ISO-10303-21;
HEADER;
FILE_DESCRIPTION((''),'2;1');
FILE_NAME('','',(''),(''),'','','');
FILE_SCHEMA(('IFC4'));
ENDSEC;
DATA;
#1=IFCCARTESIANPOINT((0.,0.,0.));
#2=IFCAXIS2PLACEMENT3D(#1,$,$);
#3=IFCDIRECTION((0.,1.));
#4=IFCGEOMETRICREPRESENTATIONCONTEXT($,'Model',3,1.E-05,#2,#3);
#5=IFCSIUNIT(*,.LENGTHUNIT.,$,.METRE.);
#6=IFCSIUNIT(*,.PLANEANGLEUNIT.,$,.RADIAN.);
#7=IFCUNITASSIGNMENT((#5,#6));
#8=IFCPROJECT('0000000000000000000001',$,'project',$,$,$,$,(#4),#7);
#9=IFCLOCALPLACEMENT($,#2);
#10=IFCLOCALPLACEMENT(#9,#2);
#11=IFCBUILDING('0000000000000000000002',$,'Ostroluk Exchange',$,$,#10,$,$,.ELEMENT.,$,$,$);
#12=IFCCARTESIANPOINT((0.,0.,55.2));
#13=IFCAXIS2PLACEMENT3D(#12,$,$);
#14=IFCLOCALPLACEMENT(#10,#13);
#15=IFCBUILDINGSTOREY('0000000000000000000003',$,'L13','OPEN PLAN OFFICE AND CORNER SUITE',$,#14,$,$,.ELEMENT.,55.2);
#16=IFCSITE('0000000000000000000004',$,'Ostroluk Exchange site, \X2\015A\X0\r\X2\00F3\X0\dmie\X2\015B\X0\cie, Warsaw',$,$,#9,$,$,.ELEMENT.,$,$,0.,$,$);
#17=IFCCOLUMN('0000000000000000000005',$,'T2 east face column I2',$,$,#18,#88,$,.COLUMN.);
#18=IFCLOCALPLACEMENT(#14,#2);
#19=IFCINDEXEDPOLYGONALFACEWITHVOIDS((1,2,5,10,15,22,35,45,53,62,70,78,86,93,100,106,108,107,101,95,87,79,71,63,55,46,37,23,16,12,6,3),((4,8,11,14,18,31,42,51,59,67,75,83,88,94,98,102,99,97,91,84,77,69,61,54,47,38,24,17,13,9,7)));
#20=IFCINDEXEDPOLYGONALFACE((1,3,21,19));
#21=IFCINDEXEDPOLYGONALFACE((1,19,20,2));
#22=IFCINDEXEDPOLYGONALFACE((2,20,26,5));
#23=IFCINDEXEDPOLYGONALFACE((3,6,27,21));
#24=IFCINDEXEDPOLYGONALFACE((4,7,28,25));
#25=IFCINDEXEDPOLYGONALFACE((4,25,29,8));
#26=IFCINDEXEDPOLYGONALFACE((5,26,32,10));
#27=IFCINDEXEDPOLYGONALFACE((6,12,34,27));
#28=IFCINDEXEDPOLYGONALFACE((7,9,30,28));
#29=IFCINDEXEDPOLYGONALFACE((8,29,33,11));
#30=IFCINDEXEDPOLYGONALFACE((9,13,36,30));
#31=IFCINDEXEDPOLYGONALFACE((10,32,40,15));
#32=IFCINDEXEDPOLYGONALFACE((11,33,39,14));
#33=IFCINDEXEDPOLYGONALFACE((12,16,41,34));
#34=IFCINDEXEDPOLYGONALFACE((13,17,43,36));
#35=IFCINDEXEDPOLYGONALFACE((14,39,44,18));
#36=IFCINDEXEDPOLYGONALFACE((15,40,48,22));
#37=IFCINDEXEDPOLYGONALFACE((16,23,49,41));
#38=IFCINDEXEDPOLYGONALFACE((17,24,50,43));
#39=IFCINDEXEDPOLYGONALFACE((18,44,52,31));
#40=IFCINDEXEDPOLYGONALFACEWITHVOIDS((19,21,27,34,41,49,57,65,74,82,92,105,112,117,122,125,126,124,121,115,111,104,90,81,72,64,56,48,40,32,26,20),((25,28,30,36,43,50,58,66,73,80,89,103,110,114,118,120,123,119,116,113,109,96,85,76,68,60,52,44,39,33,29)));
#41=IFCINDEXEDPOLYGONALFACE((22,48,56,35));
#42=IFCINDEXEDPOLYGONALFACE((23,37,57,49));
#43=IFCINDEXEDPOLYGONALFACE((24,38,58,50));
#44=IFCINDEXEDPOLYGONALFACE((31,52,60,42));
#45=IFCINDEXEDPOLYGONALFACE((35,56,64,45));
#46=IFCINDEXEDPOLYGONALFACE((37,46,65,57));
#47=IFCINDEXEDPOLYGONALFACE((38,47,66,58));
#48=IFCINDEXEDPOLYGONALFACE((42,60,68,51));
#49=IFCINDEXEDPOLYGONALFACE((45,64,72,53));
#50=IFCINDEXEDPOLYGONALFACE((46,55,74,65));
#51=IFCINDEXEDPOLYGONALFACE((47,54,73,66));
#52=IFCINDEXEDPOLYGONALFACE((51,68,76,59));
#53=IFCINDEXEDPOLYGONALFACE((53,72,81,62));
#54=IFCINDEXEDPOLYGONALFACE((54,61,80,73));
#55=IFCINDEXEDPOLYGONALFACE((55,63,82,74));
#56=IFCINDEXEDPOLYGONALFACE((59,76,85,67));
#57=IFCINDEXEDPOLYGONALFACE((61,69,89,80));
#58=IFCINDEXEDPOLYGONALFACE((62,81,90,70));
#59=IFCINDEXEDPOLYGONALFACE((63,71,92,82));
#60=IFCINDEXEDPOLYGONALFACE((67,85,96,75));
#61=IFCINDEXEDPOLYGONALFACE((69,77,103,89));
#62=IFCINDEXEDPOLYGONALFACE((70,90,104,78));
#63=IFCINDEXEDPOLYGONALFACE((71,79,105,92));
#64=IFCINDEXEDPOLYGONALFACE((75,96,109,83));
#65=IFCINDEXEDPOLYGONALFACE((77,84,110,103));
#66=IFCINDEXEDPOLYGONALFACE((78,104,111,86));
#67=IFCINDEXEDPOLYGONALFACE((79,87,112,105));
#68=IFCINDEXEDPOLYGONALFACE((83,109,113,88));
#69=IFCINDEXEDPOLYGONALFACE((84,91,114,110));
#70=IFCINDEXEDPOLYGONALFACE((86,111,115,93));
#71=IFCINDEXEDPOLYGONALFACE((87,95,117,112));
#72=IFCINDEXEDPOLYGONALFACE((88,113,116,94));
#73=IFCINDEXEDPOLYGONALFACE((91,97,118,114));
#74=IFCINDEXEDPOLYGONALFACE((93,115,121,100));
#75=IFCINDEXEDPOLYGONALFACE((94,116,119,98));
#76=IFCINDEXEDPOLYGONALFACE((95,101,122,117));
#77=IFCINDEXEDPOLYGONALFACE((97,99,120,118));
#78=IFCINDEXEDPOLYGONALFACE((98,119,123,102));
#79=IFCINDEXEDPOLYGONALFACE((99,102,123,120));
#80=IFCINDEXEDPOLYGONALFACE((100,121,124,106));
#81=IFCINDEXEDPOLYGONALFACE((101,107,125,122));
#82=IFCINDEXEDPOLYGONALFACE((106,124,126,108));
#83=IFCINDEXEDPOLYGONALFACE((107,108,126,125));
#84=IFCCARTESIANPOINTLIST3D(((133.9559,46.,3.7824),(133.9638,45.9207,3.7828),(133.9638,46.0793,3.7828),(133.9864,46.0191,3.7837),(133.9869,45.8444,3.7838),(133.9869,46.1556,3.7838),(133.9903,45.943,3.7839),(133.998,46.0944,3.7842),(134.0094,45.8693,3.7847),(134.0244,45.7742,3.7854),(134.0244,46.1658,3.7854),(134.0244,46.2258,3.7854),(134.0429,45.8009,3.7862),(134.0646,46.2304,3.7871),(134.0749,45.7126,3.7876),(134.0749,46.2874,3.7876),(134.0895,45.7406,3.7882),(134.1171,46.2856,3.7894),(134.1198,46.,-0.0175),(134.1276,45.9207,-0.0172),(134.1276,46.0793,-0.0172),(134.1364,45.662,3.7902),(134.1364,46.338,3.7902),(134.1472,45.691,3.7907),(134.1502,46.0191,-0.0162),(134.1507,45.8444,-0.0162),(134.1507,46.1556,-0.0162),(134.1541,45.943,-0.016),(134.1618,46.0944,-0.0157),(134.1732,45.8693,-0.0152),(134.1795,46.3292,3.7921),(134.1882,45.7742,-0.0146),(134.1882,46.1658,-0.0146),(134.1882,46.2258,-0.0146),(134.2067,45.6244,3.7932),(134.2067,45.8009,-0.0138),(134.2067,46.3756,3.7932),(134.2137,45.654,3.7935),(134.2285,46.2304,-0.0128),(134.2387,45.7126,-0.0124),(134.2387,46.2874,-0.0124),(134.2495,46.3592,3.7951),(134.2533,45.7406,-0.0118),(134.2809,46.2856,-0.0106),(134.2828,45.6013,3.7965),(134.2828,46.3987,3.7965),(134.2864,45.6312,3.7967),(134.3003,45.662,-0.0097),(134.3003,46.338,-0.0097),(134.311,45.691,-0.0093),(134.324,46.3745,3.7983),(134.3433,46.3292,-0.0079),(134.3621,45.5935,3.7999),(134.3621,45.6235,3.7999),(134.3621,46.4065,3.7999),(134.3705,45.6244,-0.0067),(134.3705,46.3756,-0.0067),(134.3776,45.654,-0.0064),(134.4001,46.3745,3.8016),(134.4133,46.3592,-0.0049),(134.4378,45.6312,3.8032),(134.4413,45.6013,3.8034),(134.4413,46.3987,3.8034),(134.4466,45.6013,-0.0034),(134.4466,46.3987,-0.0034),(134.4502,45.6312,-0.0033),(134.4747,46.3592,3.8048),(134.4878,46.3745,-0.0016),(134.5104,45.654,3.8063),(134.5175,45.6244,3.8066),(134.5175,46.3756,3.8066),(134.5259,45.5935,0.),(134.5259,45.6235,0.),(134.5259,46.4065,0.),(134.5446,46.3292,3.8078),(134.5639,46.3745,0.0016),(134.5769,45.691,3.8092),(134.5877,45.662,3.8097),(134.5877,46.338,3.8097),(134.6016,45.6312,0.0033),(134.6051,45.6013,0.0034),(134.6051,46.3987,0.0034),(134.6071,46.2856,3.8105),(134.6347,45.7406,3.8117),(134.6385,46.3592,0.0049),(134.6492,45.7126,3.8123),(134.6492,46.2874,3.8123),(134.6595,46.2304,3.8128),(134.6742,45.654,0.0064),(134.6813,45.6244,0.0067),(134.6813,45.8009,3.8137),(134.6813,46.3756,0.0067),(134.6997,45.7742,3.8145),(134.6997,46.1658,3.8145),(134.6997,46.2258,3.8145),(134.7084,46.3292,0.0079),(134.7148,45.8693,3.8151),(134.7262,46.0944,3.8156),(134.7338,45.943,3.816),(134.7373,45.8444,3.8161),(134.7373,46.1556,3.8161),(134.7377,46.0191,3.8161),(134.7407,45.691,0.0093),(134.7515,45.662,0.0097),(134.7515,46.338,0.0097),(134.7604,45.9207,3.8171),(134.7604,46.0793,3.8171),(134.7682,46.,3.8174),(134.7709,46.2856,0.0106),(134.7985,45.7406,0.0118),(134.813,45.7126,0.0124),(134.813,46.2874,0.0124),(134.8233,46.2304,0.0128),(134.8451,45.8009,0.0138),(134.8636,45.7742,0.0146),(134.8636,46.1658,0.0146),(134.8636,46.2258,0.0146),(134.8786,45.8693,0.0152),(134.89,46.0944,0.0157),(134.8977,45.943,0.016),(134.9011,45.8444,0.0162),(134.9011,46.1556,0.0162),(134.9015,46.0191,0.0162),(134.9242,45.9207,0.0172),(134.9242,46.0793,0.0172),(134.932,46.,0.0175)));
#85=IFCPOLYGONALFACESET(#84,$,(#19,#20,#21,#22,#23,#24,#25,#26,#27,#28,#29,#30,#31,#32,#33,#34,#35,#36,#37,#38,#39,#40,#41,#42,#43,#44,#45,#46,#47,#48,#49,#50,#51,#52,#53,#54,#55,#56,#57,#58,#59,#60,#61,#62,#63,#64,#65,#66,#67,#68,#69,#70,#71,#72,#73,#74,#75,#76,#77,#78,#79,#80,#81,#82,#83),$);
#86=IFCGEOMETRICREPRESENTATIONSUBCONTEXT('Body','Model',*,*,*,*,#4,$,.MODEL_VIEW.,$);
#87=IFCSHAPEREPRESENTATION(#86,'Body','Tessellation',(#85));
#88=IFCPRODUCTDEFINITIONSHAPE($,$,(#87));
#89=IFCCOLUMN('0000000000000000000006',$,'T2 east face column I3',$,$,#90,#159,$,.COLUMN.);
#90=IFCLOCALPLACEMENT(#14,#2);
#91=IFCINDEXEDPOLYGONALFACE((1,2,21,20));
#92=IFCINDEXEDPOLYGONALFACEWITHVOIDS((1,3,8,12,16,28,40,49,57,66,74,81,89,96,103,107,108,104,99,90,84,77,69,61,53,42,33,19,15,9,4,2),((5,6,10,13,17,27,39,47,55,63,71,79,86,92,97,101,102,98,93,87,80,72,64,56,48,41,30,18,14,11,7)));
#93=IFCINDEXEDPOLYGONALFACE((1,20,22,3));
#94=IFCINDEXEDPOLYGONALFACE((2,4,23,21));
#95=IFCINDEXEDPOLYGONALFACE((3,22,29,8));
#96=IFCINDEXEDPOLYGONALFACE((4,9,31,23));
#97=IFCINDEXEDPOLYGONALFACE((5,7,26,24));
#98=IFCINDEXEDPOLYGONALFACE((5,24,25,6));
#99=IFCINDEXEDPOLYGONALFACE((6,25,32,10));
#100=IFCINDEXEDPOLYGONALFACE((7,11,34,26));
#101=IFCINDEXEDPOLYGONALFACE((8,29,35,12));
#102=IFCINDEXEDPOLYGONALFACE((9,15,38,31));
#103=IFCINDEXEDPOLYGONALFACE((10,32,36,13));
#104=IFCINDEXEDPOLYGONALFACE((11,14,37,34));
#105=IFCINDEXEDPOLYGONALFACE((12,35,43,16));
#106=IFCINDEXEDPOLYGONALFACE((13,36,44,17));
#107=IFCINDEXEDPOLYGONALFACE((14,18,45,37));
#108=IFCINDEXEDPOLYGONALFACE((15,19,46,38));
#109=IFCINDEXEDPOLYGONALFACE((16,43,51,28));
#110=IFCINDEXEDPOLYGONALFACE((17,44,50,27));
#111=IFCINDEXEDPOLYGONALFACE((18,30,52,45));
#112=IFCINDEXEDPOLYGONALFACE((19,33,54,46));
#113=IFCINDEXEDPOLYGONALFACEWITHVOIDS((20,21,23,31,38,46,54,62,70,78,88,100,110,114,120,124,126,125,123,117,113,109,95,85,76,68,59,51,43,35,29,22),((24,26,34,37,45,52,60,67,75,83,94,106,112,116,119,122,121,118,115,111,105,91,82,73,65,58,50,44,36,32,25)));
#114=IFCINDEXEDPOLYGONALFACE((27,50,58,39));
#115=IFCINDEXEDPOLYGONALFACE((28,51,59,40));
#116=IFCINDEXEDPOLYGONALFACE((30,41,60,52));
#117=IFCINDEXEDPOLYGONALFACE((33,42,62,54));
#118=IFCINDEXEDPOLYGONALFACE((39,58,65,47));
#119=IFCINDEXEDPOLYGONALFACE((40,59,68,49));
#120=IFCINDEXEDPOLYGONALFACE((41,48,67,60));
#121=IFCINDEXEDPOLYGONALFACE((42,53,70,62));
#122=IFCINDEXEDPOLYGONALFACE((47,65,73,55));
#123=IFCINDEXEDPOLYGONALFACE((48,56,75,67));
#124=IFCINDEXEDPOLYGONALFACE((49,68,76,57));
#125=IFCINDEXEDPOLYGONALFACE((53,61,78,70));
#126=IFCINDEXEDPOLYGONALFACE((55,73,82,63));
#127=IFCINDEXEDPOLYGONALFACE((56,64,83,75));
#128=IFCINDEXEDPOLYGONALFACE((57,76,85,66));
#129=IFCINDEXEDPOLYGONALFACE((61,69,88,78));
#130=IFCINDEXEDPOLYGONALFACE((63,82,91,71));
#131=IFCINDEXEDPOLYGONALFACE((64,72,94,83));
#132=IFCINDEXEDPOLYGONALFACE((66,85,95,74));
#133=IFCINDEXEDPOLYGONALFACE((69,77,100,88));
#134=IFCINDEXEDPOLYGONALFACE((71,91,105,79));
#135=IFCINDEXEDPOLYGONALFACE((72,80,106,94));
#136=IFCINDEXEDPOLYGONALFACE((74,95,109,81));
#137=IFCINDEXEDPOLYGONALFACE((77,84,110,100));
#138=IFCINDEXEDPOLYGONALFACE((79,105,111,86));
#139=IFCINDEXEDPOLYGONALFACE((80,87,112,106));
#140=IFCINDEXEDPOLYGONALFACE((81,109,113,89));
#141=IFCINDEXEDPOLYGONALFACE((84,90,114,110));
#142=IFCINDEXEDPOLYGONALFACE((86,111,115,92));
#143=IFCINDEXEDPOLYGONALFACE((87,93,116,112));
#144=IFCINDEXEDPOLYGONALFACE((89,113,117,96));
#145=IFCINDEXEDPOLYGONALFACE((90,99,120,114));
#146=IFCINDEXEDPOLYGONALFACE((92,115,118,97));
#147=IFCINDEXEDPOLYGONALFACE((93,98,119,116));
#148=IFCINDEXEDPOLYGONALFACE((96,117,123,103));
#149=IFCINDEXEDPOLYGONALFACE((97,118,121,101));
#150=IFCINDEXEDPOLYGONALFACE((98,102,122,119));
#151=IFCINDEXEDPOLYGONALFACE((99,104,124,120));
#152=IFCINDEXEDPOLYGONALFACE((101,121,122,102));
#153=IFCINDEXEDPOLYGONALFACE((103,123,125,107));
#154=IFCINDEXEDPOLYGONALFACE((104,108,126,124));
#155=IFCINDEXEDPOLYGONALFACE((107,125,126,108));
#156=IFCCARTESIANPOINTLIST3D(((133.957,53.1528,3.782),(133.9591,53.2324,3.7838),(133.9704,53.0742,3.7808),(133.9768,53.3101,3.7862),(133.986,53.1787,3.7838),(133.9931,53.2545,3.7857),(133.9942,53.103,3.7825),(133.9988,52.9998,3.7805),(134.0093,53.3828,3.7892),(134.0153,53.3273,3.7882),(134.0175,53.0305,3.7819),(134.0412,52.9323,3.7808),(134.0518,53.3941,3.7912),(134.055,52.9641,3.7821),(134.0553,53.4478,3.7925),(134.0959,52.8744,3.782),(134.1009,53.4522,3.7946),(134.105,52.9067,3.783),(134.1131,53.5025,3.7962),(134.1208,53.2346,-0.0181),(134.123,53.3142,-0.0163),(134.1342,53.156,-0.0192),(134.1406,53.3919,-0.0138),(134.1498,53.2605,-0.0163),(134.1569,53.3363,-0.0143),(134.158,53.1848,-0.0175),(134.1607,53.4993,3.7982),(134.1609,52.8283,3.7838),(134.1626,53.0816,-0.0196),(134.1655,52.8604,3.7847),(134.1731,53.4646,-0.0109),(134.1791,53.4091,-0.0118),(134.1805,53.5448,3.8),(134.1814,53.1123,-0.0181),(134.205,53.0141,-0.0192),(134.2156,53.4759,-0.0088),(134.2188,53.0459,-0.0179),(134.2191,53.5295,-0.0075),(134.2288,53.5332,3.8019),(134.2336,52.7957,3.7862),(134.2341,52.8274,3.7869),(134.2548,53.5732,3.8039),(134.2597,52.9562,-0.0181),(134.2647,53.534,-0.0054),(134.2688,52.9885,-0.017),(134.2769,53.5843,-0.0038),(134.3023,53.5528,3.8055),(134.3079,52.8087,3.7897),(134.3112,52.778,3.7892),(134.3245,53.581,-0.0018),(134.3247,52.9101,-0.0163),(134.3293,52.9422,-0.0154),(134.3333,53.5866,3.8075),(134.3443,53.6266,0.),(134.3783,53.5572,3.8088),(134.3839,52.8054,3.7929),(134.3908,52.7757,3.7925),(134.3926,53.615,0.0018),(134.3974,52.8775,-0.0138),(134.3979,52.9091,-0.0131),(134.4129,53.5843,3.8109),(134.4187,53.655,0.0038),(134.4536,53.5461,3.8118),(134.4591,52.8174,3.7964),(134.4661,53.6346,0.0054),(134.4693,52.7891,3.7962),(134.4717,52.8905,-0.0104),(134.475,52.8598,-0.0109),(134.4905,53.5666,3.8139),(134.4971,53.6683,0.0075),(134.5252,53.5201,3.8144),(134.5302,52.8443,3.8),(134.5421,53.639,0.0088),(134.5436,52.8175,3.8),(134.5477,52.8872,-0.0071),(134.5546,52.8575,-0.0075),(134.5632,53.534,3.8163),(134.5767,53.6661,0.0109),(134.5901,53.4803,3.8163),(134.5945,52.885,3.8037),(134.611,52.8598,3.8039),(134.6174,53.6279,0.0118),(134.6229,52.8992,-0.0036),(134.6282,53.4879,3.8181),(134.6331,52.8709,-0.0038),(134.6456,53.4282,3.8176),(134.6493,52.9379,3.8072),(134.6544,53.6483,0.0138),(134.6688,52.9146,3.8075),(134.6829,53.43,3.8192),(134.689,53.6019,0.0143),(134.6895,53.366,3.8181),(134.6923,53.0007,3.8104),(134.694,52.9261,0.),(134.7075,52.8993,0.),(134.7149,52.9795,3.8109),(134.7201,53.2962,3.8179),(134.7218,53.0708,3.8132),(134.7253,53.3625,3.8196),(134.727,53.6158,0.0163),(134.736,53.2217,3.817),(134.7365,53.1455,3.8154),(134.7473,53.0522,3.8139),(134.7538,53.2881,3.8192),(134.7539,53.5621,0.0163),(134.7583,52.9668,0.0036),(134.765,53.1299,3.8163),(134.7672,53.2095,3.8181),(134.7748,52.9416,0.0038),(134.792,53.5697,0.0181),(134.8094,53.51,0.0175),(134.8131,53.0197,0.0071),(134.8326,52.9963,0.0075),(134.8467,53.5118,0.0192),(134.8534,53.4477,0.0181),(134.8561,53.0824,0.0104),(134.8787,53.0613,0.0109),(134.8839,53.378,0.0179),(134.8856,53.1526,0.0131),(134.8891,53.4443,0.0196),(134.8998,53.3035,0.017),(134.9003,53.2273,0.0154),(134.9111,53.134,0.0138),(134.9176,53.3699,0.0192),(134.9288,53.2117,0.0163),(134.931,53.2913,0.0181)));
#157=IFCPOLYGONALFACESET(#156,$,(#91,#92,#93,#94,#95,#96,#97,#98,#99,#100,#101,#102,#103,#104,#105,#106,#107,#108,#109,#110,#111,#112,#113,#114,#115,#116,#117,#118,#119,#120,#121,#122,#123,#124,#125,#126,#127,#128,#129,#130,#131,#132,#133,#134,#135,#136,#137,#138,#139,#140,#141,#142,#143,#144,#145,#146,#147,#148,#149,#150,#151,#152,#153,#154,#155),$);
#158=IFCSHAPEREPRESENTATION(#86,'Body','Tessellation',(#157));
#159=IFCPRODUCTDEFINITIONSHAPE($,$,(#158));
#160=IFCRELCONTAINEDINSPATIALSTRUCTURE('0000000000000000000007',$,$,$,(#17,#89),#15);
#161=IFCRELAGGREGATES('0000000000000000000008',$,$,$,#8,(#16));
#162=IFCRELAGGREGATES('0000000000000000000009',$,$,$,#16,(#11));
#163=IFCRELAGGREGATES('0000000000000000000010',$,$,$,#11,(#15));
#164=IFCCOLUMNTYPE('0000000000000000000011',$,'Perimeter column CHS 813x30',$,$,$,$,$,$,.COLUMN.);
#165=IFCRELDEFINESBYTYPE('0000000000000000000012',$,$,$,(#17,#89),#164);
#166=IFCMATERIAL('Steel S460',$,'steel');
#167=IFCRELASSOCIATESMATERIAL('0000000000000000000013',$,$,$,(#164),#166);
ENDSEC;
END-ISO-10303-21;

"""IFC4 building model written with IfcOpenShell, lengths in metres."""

from ifc_helpers import new_model, si_unit, direction, frame, origin, origin_2d, place, context, subcontext, project, spatial, hollow_circle, extrude, material, material_profile, profile_set, type_object, element, save


model = new_model("IFC4")

# Units and contexts
model_context = context("Model", 3, precision=1e-05, world=origin(), true_north=direction((0.0, 1.0)))
body_context = subcontext(model_context, "Body", "Model", "MODEL_VIEW")
ifc_project = project(units=[si_unit("LENGTHUNIT", "METRE"), si_unit("PLANEANGLEUNIT", "RADIAN")], contexts=[model_context])

# Site, building, storey
site_placement = place(None, origin())
site = spatial("IfcSite", under=ifc_project, at=site_placement, Name="Ostroluk Exchange site, Śródmieście, Warsaw", CompositionType="ELEMENT", RefElevation=0.0)
building_placement = place(site_placement, origin())
building = spatial("IfcBuilding", under=site, at=building_placement, Name="Ostroluk Exchange", CompositionType="ELEMENT")
storey_placement = place(building_placement, frame((0.0, 0.0, 55.2)))
storey = spatial("IfcBuildingStorey", under=building, at=storey_placement, Name="L13", Description="OPEN PLAN OFFICE AND CORNER SUITE", CompositionType="ELEMENT", Elevation=55.2)

# Columns
ifc_material_1 = material(Name="Steel S460", Category="steel")
ifc_material_profile_1 = material_profile(ifc_material_1, hollow_circle(Radius=0.4065, WallThickness=0.03, at=origin_2d()), Name="CHS 813x30")
ifc_profile_set_1 = profile_set([ifc_material_profile_1], Name="Steel S460")
column_type = type_object("IfcColumnType", Name="Perimeter column CHS 813x30", PredefinedType="COLUMN", material=ifc_profile_set_1)
column_1_placement = place(storey_placement, frame((134.5259, 46.0, 0.0), z_axis=(-0.04307, 0.0, 0.999072), x_axis=(0.0, -1.0, 0.0)))
element("IfcColumn", 1, at=column_1_placement, inside=storey, type_object=column_type, Name="T2 east face column I2", PredefinedType="COLUMN", context=body_context, shape_type="SweptSolid", body=[
    extrude(hollow_circle(Radius=0.4065, WallThickness=0.03, at=origin_2d()), origin(), (0.0, 0.0, 1.0), 3.8035),
])
column_2_placement = place(storey_placement, frame((134.5259, 53.2629, 0.0), z_axis=(-0.04306, -0.021498, 0.998841), x_axis=(0.44668, -0.894694, 0.0)))
element("IfcColumn", 2, at=column_2_placement, inside=storey, type_object=column_type, Name="T2 east face column I3", PredefinedType="COLUMN", context=body_context, shape_type="SweptSolid", body=[
    extrude(hollow_circle(Radius=0.4065, WallThickness=0.03, at=origin_2d()), origin(), (0.0, 0.0, 1.0), 3.8044),
])

save(model, "model.ifc")
